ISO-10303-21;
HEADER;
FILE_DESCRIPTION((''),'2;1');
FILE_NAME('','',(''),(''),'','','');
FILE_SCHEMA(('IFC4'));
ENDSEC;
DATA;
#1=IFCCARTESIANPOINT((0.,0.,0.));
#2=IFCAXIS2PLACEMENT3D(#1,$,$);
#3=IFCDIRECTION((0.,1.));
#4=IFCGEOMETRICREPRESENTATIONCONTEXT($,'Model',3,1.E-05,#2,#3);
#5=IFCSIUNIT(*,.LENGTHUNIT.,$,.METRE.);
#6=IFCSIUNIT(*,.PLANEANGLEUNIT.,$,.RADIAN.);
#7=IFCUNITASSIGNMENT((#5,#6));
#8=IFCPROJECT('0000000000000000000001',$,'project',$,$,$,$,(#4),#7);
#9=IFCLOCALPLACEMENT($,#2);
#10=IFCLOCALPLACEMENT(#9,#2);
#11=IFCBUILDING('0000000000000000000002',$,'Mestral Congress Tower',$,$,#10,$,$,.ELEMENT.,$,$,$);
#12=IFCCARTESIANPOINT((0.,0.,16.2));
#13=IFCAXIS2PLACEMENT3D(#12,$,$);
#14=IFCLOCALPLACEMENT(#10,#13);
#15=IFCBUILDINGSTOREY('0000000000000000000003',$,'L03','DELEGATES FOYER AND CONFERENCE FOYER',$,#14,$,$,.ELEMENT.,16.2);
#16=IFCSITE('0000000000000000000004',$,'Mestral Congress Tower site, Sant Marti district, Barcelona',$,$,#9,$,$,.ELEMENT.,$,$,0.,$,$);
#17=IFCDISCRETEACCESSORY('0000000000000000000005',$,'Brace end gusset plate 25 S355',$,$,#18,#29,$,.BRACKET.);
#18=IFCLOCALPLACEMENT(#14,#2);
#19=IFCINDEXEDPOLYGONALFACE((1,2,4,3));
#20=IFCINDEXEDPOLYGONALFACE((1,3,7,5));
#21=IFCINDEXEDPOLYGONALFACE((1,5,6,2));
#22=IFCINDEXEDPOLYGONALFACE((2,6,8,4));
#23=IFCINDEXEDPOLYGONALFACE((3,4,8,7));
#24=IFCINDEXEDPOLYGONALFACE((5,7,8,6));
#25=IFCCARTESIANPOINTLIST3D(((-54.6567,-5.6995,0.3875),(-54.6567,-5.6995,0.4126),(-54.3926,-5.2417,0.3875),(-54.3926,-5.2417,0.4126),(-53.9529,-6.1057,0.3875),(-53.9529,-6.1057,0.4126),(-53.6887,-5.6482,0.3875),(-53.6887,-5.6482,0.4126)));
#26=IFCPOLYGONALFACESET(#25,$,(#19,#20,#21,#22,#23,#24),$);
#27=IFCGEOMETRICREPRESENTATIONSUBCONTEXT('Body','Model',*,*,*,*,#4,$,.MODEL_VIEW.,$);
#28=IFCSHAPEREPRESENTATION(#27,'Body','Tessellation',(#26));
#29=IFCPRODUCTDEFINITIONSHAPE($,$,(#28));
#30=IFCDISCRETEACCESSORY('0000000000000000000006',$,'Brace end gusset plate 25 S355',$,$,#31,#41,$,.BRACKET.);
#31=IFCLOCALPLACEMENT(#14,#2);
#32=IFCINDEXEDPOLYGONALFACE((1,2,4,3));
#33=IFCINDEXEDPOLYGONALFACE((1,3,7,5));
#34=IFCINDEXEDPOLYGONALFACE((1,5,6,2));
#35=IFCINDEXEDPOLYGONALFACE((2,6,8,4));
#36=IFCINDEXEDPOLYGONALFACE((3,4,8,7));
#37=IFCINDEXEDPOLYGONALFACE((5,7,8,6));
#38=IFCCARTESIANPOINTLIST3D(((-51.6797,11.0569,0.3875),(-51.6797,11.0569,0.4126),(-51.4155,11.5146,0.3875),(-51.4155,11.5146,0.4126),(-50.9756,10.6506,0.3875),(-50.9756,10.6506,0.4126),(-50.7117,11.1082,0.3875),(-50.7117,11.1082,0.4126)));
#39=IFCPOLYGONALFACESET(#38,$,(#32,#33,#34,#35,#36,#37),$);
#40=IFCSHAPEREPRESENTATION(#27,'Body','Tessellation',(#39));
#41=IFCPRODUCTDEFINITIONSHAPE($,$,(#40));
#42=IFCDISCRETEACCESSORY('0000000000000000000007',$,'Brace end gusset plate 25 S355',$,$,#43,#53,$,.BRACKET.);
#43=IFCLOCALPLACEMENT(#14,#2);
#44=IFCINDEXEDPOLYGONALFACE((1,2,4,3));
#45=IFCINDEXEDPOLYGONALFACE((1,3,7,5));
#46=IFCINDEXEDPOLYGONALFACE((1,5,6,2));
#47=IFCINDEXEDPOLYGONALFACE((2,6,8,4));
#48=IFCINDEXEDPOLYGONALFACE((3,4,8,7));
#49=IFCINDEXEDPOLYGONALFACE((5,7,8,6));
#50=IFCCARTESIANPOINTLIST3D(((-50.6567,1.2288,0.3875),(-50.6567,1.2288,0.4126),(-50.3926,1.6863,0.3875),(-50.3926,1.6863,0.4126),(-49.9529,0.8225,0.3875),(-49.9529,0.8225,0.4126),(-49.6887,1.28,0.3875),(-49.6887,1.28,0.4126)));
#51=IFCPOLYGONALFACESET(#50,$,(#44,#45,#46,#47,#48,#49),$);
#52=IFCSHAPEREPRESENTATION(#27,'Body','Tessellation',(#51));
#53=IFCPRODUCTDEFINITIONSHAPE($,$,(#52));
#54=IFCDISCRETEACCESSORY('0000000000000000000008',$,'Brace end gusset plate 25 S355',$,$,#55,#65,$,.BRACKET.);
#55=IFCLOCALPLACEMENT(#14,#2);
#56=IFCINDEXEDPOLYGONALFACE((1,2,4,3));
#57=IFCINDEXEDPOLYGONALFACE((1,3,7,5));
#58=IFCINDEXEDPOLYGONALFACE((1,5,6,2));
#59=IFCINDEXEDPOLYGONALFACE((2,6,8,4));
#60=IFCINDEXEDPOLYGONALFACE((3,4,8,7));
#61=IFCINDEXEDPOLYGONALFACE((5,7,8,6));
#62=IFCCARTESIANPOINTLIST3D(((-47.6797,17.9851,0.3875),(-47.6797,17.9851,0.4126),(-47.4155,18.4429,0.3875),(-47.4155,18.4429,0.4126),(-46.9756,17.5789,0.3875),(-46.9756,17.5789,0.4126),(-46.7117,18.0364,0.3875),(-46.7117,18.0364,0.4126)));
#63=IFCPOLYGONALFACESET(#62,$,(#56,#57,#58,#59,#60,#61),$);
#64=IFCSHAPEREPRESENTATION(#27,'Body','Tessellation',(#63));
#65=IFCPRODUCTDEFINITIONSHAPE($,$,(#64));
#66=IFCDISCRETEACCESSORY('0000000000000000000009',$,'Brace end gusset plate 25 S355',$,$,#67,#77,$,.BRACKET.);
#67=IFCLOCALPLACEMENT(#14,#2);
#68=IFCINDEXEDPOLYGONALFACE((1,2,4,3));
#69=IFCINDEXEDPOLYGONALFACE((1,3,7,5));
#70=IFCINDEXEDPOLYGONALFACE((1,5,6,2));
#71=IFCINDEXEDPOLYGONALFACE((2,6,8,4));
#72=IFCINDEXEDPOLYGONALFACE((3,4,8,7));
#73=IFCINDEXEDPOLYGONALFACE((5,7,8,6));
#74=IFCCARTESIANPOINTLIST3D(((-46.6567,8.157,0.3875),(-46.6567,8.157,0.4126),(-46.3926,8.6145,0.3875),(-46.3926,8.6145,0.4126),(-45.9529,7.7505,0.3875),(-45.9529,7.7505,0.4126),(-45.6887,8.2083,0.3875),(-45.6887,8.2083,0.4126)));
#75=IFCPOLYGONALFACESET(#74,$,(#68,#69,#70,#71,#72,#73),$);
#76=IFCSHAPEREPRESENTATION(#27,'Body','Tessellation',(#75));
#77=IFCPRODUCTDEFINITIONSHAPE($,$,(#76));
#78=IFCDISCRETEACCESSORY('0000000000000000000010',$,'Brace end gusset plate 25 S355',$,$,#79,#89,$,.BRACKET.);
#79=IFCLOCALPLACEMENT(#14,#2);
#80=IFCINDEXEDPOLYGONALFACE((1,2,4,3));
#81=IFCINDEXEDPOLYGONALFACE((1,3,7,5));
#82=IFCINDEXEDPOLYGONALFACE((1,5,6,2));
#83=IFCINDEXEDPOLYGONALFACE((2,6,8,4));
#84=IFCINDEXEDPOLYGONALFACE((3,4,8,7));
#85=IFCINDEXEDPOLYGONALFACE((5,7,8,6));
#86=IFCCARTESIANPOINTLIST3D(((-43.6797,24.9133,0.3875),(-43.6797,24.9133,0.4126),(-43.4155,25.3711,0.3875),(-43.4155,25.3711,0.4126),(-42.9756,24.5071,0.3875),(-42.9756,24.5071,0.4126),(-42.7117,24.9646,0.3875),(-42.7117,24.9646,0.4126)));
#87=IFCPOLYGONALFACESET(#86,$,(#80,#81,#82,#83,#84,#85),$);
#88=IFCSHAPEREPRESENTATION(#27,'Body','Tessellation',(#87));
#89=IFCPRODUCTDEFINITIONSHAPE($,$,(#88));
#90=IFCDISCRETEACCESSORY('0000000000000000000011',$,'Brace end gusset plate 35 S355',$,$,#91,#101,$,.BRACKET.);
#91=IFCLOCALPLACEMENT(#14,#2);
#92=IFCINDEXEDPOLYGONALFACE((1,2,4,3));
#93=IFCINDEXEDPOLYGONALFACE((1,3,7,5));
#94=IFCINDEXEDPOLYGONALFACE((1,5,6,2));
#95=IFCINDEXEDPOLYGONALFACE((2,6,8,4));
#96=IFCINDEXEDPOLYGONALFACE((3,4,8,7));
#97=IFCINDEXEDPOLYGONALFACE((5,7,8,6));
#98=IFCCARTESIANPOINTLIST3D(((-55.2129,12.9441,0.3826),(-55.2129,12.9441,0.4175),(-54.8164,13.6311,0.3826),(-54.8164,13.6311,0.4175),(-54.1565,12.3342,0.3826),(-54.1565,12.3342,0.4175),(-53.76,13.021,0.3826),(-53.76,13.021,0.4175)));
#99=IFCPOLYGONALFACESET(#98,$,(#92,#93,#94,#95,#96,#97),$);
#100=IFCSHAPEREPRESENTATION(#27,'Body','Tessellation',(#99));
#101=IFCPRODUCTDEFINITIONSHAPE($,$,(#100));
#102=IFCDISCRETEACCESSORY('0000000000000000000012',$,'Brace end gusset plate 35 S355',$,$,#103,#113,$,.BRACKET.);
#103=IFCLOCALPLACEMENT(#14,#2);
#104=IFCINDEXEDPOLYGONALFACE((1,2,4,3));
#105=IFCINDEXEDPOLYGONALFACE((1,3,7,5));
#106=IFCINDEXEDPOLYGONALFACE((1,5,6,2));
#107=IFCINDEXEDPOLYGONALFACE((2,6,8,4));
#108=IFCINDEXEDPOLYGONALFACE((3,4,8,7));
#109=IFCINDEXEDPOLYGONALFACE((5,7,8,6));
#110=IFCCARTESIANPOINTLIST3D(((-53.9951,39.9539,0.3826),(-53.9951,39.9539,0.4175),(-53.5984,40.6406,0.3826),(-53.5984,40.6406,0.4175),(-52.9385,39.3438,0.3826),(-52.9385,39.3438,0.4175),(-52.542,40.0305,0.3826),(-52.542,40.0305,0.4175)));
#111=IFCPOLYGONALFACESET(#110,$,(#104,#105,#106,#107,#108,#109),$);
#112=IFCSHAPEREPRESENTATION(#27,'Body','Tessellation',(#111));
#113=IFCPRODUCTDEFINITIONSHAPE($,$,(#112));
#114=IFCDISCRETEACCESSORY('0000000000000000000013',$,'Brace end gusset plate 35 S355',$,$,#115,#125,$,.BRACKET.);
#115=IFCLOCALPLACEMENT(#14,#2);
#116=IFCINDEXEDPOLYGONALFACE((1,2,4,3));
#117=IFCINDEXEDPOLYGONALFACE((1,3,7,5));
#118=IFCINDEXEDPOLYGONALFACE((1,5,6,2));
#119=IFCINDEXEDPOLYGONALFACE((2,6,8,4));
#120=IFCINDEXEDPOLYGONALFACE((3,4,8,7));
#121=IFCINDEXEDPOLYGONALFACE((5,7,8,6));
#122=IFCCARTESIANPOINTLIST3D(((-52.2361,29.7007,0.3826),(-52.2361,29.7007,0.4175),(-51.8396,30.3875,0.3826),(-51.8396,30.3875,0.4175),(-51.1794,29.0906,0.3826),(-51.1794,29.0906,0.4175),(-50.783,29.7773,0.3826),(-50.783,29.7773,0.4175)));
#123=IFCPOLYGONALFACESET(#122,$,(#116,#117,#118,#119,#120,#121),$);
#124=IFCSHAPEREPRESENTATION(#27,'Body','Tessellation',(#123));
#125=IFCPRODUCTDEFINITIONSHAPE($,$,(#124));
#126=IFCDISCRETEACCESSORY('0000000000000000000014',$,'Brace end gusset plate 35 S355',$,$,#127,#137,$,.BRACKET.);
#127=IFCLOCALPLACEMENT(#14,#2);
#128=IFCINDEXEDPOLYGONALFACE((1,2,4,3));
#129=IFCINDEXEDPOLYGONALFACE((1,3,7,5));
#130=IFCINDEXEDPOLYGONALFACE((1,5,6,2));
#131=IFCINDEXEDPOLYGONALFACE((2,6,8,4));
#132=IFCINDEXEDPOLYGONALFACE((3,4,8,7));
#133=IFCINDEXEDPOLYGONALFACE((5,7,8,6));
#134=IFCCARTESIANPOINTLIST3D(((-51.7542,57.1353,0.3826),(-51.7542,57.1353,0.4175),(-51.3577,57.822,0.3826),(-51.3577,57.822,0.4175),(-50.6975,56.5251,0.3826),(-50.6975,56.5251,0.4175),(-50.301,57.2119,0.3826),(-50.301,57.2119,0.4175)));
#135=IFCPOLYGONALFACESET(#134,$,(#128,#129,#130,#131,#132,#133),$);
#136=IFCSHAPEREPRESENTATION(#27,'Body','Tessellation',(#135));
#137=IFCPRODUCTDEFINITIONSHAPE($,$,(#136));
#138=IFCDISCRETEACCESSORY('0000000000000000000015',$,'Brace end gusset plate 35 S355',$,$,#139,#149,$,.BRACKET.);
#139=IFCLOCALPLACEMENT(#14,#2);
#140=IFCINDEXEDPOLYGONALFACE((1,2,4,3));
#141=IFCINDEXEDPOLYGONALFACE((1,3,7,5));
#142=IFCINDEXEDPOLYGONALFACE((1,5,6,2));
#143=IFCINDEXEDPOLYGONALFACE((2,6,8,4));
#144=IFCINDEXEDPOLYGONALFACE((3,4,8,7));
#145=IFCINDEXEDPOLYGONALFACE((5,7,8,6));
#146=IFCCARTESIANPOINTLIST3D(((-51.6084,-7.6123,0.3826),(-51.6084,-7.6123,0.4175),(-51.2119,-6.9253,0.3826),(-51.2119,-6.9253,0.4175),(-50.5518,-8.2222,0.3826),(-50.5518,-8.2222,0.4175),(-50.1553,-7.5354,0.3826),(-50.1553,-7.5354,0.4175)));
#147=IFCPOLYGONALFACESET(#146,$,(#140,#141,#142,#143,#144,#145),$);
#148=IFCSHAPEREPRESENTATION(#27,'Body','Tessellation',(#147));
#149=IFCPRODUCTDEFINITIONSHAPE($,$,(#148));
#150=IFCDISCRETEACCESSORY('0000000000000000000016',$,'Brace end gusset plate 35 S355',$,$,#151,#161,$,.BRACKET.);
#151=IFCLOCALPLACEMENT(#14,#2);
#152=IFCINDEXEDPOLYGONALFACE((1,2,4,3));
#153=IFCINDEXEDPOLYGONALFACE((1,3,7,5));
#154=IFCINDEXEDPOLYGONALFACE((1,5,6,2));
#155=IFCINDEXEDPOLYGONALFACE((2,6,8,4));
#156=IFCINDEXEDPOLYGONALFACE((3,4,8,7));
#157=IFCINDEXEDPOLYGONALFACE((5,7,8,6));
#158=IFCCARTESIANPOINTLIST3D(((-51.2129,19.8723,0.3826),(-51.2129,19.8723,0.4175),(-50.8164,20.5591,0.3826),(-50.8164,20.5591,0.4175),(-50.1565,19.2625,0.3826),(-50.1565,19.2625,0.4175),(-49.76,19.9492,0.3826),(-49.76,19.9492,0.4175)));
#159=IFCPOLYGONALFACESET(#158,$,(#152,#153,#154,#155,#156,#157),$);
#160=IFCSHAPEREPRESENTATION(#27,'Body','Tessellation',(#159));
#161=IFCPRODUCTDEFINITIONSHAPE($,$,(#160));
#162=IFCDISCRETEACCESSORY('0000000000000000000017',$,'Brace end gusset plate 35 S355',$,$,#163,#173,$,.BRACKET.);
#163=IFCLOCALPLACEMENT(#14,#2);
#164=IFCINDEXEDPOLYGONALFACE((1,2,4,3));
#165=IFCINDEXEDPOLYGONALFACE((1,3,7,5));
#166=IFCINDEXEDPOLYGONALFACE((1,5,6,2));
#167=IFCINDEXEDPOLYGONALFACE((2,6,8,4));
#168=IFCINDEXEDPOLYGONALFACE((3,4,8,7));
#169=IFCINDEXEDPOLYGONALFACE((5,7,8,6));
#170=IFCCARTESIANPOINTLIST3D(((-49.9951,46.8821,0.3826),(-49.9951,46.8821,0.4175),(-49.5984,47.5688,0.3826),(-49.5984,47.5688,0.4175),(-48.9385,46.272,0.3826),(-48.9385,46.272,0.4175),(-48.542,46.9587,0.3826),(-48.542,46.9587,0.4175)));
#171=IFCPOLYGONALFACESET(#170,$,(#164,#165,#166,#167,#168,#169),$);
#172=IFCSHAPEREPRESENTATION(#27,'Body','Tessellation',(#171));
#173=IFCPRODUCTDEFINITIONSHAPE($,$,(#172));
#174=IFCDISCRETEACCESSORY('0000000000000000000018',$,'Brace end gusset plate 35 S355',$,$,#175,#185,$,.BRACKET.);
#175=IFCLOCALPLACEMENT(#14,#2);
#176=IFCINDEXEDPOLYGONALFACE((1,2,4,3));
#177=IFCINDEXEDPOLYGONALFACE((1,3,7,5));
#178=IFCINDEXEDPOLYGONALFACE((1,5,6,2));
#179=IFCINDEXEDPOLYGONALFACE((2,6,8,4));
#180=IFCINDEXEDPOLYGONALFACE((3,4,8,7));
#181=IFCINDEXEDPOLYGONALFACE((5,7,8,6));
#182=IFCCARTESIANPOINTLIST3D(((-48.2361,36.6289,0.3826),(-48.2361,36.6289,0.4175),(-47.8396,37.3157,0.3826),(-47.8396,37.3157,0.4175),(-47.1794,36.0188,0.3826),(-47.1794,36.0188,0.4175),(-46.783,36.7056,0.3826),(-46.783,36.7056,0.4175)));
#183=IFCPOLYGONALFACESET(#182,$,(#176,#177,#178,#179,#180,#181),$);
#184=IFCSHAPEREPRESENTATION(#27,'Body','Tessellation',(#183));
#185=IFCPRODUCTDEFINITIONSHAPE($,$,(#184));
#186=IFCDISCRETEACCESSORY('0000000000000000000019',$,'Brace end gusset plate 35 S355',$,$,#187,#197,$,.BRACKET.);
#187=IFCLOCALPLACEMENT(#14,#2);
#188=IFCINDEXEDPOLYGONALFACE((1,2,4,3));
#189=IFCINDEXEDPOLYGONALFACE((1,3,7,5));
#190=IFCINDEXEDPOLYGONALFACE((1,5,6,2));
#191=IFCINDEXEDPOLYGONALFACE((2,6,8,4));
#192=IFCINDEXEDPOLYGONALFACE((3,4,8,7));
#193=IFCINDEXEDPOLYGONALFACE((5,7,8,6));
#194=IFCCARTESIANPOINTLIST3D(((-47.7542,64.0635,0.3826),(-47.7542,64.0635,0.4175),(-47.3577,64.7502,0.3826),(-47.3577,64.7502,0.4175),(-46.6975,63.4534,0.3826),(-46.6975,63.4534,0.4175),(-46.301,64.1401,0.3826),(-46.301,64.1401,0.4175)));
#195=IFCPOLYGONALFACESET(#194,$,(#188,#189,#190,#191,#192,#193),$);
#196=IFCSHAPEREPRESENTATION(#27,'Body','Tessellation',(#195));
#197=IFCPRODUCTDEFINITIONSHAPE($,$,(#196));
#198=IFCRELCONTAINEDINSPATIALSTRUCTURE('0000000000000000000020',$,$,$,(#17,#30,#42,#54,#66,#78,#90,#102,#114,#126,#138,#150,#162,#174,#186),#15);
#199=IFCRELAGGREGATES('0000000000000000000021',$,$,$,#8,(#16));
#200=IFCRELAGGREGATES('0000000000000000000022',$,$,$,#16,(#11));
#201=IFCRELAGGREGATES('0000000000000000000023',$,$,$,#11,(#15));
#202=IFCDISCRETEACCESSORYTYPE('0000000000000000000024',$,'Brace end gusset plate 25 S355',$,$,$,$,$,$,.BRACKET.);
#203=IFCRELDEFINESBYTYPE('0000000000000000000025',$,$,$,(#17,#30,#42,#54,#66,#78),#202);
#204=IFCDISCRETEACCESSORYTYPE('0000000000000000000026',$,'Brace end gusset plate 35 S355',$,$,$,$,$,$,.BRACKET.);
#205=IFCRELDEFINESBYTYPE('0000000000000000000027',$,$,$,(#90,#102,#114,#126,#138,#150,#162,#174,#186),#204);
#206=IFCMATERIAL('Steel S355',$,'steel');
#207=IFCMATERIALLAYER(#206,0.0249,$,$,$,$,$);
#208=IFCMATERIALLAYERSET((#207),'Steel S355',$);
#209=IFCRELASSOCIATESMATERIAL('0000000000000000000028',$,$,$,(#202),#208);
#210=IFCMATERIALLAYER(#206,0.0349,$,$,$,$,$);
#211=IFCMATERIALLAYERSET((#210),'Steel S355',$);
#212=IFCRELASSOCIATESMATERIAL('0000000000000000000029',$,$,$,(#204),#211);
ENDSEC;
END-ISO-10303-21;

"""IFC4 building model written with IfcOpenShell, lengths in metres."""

from ifc_helpers import new_model, si_unit, direction, frame, origin, place, context, subcontext, project, spatial, polyline, outline, extrude, material, layer, layer_set, type_object, element, save


model = new_model("IFC4")

# Units and contexts
model_context = context("Model", 3, precision=1e-05, world=origin(), true_north=direction((0.0, 1.0)))
body_context = subcontext(model_context, "Body", "Model", "MODEL_VIEW")
ifc_project = project(units=[si_unit("LENGTHUNIT", "METRE"), si_unit("PLANEANGLEUNIT", "RADIAN")], contexts=[model_context])

# Site, building, storey
site_placement = place(None, origin())
site = spatial("IfcSite", under=ifc_project, at=site_placement, Name="Mestral Congress Tower site, Sant Marti district, Barcelona", CompositionType="ELEMENT", RefElevation=0.0)
building_placement = place(site_placement, origin())
building = spatial("IfcBuilding", under=site, at=building_placement, Name="Mestral Congress Tower", CompositionType="ELEMENT")
storey_placement = place(building_placement, frame((0.0, 0.0, 16.2)))
storey = spatial("IfcBuildingStorey", under=building, at=storey_placement, Name="L03", Description="DELEGATES FOYER AND CONFERENCE FOYER", CompositionType="ELEMENT", Elevation=16.2)

# Discrete accessories
ifc_material = material(Name="Steel S355", Category="steel")
ifc_layer_1 = layer(ifc_material, 0.0249)
ifc_layer_set_1 = layer_set([ifc_layer_1], Name="Steel S355")
discrete_accessory_type_1 = type_object("IfcDiscreteAccessoryType", Name="Brace end gusset plate 25 S355", PredefinedType="BRACKET", material=ifc_layer_set_1)
placement_1 = place(storey_placement, frame((0.0, 0.0, 0.3875)))
element("IfcDiscreteAccessory", 1, at=placement_1, inside=storey, type_object=discrete_accessory_type_1, Name="Brace end gusset plate 25 S355", PredefinedType="BRACKET", context=body_context, shape_type="SweptSolid", body=[
    extrude(outline(polyline([(-54.6567, -5.6995), (-53.9529, -6.1057), (-53.6887, -5.6482), (-54.3926, -5.2417), (-54.6567, -5.6995)])), origin(), (0.0, 0.0, 1.0), 0.0251),
])
element("IfcDiscreteAccessory", 2, at=placement_1, inside=storey, type_object=discrete_accessory_type_1, Name="Brace end gusset plate 25 S355", PredefinedType="BRACKET", context=body_context, shape_type="SweptSolid", body=[
    extrude(outline(polyline([(-51.6797, 11.0569), (-50.9756, 10.6506), (-50.7117, 11.1082), (-51.4155, 11.5146), (-51.6797, 11.0569)])), origin(), (0.0, 0.0, 1.0), 0.0251),
])
element("IfcDiscreteAccessory", 3, at=placement_1, inside=storey, type_object=discrete_accessory_type_1, Name="Brace end gusset plate 25 S355", PredefinedType="BRACKET", context=body_context, shape_type="SweptSolid", body=[
    extrude(outline(polyline([(-50.6567, 1.2288), (-49.9529, 0.8225), (-49.6887, 1.28), (-50.3926, 1.6863), (-50.6567, 1.2288)])), origin(), (0.0, 0.0, 1.0), 0.0251),
])
element("IfcDiscreteAccessory", 4, at=placement_1, inside=storey, type_object=discrete_accessory_type_1, Name="Brace end gusset plate 25 S355", PredefinedType="BRACKET", context=body_context, shape_type="SweptSolid", body=[
    extrude(outline(polyline([(-47.6797, 17.9851), (-46.9756, 17.5789), (-46.7117, 18.0364), (-47.4155, 18.4429), (-47.6797, 17.9851)])), origin(), (0.0, 0.0, 1.0), 0.0251),
])
element("IfcDiscreteAccessory", 5, at=placement_1, inside=storey, type_object=discrete_accessory_type_1, Name="Brace end gusset plate 25 S355", PredefinedType="BRACKET", context=body_context, shape_type="SweptSolid", body=[
    extrude(outline(polyline([(-46.6567, 8.157), (-45.9529, 7.7505), (-45.6887, 8.2083), (-46.3926, 8.6145), (-46.6567, 8.157)])), origin(), (0.0, 0.0, 1.0), 0.0251),
])
element("IfcDiscreteAccessory", 6, at=placement_1, inside=storey, type_object=discrete_accessory_type_1, Name="Brace end gusset plate 25 S355", PredefinedType="BRACKET", context=body_context, shape_type="SweptSolid", body=[
    extrude(outline(polyline([(-43.6797, 24.9133), (-42.9756, 24.5071), (-42.7117, 24.9646), (-43.4155, 25.3711), (-43.6797, 24.9133)])), origin(), (0.0, 0.0, 1.0), 0.0251),
])
ifc_layer_2 = layer(ifc_material, 0.0349)
ifc_layer_set_2 = layer_set([ifc_layer_2], Name="Steel S355")
discrete_accessory_type_2 = type_object("IfcDiscreteAccessoryType", Name="Brace end gusset plate 35 S355", PredefinedType="BRACKET", material=ifc_layer_set_2)
placement_2 = place(storey_placement, frame((0.0, 0.0, 0.3826)))
element("IfcDiscreteAccessory", 7, at=placement_2, inside=storey, type_object=discrete_accessory_type_2, Name="Brace end gusset plate 35 S355", PredefinedType="BRACKET", context=body_context, shape_type="SweptSolid", body=[
    extrude(outline(polyline([(-53.76, 13.021), (-54.8164, 13.6311), (-55.2129, 12.9441), (-54.1565, 12.3342), (-53.76, 13.021)])), origin(), (0.0, 0.0, 1.0), 0.0349),
])
element("IfcDiscreteAccessory", 8, at=placement_2, inside=storey, type_object=discrete_accessory_type_2, Name="Brace end gusset plate 35 S355", PredefinedType="BRACKET", context=body_context, shape_type="SweptSolid", body=[
    extrude(outline(polyline([(-53.9951, 39.9539), (-52.9385, 39.3438), (-52.542, 40.0305), (-53.5984, 40.6406), (-53.9951, 39.9539)])), origin(), (0.0, 0.0, 1.0), 0.0349),
])
element("IfcDiscreteAccessory", 9, at=placement_2, inside=storey, type_object=discrete_accessory_type_2, Name="Brace end gusset plate 35 S355", PredefinedType="BRACKET", context=body_context, shape_type="SweptSolid", body=[
    extrude(outline(polyline([(-52.2361, 29.7007), (-51.1794, 29.0906), (-50.783, 29.7773), (-51.8396, 30.3875), (-52.2361, 29.7007)])), origin(), (0.0, 0.0, 1.0), 0.0349),
])
element("IfcDiscreteAccessory", 10, at=placement_2, inside=storey, type_object=discrete_accessory_type_2, Name="Brace end gusset plate 35 S355", PredefinedType="BRACKET", context=body_context, shape_type="SweptSolid", body=[
    extrude(outline(polyline([(-51.7542, 57.1353), (-50.6975, 56.5251), (-50.301, 57.2119), (-51.3577, 57.822), (-51.7542, 57.1353)])), origin(), (0.0, 0.0, 1.0), 0.0349),
])
element("IfcDiscreteAccessory", 11, at=placement_2, inside=storey, type_object=discrete_accessory_type_2, Name="Brace end gusset plate 35 S355", PredefinedType="BRACKET", context=body_context, shape_type="SweptSolid", body=[
    extrude(outline(polyline([(-51.6084, -7.6123), (-50.5518, -8.2222), (-50.1553, -7.5354), (-51.2119, -6.9253), (-51.6084, -7.6123)])), origin(), (0.0, 0.0, 1.0), 0.0349),
])
element("IfcDiscreteAccessory", 12, at=placement_2, inside=storey, type_object=discrete_accessory_type_2, Name="Brace end gusset plate 35 S355", PredefinedType="BRACKET", context=body_context, shape_type="SweptSolid", body=[
    extrude(outline(polyline([(-49.76, 19.9492), (-50.8164, 20.5591), (-51.2129, 19.8723), (-50.1565, 19.2625), (-49.76, 19.9492)])), origin(), (0.0, 0.0, 1.0), 0.0349),
])
element("IfcDiscreteAccessory", 13, at=placement_2, inside=storey, type_object=discrete_accessory_type_2, Name="Brace end gusset plate 35 S355", PredefinedType="BRACKET", context=body_context, shape_type="SweptSolid", body=[
    extrude(outline(polyline([(-49.9951, 46.8821), (-48.9385, 46.272), (-48.542, 46.9587), (-49.5984, 47.5688), (-49.9951, 46.8821)])), origin(), (0.0, 0.0, 1.0), 0.0349),
])
element("IfcDiscreteAccessory", 14, at=placement_2, inside=storey, type_object=discrete_accessory_type_2, Name="Brace end gusset plate 35 S355", PredefinedType="BRACKET", context=body_context, shape_type="SweptSolid", body=[
    extrude(outline(polyline([(-48.2361, 36.6289), (-47.1794, 36.0188), (-46.783, 36.7056), (-47.8396, 37.3157), (-48.2361, 36.6289)])), origin(), (0.0, 0.0, 1.0), 0.0349),
])
element("IfcDiscreteAccessory", 15, at=placement_2, inside=storey, type_object=discrete_accessory_type_2, Name="Brace end gusset plate 35 S355", PredefinedType="BRACKET", context=body_context, shape_type="SweptSolid", body=[
    extrude(outline(polyline([(-47.7542, 64.0635), (-46.6975, 63.4534), (-46.301, 64.1401), (-47.3577, 64.7502), (-47.7542, 64.0635)])), origin(), (0.0, 0.0, 1.0), 0.0349),
])

save(model, "model.ifc")
